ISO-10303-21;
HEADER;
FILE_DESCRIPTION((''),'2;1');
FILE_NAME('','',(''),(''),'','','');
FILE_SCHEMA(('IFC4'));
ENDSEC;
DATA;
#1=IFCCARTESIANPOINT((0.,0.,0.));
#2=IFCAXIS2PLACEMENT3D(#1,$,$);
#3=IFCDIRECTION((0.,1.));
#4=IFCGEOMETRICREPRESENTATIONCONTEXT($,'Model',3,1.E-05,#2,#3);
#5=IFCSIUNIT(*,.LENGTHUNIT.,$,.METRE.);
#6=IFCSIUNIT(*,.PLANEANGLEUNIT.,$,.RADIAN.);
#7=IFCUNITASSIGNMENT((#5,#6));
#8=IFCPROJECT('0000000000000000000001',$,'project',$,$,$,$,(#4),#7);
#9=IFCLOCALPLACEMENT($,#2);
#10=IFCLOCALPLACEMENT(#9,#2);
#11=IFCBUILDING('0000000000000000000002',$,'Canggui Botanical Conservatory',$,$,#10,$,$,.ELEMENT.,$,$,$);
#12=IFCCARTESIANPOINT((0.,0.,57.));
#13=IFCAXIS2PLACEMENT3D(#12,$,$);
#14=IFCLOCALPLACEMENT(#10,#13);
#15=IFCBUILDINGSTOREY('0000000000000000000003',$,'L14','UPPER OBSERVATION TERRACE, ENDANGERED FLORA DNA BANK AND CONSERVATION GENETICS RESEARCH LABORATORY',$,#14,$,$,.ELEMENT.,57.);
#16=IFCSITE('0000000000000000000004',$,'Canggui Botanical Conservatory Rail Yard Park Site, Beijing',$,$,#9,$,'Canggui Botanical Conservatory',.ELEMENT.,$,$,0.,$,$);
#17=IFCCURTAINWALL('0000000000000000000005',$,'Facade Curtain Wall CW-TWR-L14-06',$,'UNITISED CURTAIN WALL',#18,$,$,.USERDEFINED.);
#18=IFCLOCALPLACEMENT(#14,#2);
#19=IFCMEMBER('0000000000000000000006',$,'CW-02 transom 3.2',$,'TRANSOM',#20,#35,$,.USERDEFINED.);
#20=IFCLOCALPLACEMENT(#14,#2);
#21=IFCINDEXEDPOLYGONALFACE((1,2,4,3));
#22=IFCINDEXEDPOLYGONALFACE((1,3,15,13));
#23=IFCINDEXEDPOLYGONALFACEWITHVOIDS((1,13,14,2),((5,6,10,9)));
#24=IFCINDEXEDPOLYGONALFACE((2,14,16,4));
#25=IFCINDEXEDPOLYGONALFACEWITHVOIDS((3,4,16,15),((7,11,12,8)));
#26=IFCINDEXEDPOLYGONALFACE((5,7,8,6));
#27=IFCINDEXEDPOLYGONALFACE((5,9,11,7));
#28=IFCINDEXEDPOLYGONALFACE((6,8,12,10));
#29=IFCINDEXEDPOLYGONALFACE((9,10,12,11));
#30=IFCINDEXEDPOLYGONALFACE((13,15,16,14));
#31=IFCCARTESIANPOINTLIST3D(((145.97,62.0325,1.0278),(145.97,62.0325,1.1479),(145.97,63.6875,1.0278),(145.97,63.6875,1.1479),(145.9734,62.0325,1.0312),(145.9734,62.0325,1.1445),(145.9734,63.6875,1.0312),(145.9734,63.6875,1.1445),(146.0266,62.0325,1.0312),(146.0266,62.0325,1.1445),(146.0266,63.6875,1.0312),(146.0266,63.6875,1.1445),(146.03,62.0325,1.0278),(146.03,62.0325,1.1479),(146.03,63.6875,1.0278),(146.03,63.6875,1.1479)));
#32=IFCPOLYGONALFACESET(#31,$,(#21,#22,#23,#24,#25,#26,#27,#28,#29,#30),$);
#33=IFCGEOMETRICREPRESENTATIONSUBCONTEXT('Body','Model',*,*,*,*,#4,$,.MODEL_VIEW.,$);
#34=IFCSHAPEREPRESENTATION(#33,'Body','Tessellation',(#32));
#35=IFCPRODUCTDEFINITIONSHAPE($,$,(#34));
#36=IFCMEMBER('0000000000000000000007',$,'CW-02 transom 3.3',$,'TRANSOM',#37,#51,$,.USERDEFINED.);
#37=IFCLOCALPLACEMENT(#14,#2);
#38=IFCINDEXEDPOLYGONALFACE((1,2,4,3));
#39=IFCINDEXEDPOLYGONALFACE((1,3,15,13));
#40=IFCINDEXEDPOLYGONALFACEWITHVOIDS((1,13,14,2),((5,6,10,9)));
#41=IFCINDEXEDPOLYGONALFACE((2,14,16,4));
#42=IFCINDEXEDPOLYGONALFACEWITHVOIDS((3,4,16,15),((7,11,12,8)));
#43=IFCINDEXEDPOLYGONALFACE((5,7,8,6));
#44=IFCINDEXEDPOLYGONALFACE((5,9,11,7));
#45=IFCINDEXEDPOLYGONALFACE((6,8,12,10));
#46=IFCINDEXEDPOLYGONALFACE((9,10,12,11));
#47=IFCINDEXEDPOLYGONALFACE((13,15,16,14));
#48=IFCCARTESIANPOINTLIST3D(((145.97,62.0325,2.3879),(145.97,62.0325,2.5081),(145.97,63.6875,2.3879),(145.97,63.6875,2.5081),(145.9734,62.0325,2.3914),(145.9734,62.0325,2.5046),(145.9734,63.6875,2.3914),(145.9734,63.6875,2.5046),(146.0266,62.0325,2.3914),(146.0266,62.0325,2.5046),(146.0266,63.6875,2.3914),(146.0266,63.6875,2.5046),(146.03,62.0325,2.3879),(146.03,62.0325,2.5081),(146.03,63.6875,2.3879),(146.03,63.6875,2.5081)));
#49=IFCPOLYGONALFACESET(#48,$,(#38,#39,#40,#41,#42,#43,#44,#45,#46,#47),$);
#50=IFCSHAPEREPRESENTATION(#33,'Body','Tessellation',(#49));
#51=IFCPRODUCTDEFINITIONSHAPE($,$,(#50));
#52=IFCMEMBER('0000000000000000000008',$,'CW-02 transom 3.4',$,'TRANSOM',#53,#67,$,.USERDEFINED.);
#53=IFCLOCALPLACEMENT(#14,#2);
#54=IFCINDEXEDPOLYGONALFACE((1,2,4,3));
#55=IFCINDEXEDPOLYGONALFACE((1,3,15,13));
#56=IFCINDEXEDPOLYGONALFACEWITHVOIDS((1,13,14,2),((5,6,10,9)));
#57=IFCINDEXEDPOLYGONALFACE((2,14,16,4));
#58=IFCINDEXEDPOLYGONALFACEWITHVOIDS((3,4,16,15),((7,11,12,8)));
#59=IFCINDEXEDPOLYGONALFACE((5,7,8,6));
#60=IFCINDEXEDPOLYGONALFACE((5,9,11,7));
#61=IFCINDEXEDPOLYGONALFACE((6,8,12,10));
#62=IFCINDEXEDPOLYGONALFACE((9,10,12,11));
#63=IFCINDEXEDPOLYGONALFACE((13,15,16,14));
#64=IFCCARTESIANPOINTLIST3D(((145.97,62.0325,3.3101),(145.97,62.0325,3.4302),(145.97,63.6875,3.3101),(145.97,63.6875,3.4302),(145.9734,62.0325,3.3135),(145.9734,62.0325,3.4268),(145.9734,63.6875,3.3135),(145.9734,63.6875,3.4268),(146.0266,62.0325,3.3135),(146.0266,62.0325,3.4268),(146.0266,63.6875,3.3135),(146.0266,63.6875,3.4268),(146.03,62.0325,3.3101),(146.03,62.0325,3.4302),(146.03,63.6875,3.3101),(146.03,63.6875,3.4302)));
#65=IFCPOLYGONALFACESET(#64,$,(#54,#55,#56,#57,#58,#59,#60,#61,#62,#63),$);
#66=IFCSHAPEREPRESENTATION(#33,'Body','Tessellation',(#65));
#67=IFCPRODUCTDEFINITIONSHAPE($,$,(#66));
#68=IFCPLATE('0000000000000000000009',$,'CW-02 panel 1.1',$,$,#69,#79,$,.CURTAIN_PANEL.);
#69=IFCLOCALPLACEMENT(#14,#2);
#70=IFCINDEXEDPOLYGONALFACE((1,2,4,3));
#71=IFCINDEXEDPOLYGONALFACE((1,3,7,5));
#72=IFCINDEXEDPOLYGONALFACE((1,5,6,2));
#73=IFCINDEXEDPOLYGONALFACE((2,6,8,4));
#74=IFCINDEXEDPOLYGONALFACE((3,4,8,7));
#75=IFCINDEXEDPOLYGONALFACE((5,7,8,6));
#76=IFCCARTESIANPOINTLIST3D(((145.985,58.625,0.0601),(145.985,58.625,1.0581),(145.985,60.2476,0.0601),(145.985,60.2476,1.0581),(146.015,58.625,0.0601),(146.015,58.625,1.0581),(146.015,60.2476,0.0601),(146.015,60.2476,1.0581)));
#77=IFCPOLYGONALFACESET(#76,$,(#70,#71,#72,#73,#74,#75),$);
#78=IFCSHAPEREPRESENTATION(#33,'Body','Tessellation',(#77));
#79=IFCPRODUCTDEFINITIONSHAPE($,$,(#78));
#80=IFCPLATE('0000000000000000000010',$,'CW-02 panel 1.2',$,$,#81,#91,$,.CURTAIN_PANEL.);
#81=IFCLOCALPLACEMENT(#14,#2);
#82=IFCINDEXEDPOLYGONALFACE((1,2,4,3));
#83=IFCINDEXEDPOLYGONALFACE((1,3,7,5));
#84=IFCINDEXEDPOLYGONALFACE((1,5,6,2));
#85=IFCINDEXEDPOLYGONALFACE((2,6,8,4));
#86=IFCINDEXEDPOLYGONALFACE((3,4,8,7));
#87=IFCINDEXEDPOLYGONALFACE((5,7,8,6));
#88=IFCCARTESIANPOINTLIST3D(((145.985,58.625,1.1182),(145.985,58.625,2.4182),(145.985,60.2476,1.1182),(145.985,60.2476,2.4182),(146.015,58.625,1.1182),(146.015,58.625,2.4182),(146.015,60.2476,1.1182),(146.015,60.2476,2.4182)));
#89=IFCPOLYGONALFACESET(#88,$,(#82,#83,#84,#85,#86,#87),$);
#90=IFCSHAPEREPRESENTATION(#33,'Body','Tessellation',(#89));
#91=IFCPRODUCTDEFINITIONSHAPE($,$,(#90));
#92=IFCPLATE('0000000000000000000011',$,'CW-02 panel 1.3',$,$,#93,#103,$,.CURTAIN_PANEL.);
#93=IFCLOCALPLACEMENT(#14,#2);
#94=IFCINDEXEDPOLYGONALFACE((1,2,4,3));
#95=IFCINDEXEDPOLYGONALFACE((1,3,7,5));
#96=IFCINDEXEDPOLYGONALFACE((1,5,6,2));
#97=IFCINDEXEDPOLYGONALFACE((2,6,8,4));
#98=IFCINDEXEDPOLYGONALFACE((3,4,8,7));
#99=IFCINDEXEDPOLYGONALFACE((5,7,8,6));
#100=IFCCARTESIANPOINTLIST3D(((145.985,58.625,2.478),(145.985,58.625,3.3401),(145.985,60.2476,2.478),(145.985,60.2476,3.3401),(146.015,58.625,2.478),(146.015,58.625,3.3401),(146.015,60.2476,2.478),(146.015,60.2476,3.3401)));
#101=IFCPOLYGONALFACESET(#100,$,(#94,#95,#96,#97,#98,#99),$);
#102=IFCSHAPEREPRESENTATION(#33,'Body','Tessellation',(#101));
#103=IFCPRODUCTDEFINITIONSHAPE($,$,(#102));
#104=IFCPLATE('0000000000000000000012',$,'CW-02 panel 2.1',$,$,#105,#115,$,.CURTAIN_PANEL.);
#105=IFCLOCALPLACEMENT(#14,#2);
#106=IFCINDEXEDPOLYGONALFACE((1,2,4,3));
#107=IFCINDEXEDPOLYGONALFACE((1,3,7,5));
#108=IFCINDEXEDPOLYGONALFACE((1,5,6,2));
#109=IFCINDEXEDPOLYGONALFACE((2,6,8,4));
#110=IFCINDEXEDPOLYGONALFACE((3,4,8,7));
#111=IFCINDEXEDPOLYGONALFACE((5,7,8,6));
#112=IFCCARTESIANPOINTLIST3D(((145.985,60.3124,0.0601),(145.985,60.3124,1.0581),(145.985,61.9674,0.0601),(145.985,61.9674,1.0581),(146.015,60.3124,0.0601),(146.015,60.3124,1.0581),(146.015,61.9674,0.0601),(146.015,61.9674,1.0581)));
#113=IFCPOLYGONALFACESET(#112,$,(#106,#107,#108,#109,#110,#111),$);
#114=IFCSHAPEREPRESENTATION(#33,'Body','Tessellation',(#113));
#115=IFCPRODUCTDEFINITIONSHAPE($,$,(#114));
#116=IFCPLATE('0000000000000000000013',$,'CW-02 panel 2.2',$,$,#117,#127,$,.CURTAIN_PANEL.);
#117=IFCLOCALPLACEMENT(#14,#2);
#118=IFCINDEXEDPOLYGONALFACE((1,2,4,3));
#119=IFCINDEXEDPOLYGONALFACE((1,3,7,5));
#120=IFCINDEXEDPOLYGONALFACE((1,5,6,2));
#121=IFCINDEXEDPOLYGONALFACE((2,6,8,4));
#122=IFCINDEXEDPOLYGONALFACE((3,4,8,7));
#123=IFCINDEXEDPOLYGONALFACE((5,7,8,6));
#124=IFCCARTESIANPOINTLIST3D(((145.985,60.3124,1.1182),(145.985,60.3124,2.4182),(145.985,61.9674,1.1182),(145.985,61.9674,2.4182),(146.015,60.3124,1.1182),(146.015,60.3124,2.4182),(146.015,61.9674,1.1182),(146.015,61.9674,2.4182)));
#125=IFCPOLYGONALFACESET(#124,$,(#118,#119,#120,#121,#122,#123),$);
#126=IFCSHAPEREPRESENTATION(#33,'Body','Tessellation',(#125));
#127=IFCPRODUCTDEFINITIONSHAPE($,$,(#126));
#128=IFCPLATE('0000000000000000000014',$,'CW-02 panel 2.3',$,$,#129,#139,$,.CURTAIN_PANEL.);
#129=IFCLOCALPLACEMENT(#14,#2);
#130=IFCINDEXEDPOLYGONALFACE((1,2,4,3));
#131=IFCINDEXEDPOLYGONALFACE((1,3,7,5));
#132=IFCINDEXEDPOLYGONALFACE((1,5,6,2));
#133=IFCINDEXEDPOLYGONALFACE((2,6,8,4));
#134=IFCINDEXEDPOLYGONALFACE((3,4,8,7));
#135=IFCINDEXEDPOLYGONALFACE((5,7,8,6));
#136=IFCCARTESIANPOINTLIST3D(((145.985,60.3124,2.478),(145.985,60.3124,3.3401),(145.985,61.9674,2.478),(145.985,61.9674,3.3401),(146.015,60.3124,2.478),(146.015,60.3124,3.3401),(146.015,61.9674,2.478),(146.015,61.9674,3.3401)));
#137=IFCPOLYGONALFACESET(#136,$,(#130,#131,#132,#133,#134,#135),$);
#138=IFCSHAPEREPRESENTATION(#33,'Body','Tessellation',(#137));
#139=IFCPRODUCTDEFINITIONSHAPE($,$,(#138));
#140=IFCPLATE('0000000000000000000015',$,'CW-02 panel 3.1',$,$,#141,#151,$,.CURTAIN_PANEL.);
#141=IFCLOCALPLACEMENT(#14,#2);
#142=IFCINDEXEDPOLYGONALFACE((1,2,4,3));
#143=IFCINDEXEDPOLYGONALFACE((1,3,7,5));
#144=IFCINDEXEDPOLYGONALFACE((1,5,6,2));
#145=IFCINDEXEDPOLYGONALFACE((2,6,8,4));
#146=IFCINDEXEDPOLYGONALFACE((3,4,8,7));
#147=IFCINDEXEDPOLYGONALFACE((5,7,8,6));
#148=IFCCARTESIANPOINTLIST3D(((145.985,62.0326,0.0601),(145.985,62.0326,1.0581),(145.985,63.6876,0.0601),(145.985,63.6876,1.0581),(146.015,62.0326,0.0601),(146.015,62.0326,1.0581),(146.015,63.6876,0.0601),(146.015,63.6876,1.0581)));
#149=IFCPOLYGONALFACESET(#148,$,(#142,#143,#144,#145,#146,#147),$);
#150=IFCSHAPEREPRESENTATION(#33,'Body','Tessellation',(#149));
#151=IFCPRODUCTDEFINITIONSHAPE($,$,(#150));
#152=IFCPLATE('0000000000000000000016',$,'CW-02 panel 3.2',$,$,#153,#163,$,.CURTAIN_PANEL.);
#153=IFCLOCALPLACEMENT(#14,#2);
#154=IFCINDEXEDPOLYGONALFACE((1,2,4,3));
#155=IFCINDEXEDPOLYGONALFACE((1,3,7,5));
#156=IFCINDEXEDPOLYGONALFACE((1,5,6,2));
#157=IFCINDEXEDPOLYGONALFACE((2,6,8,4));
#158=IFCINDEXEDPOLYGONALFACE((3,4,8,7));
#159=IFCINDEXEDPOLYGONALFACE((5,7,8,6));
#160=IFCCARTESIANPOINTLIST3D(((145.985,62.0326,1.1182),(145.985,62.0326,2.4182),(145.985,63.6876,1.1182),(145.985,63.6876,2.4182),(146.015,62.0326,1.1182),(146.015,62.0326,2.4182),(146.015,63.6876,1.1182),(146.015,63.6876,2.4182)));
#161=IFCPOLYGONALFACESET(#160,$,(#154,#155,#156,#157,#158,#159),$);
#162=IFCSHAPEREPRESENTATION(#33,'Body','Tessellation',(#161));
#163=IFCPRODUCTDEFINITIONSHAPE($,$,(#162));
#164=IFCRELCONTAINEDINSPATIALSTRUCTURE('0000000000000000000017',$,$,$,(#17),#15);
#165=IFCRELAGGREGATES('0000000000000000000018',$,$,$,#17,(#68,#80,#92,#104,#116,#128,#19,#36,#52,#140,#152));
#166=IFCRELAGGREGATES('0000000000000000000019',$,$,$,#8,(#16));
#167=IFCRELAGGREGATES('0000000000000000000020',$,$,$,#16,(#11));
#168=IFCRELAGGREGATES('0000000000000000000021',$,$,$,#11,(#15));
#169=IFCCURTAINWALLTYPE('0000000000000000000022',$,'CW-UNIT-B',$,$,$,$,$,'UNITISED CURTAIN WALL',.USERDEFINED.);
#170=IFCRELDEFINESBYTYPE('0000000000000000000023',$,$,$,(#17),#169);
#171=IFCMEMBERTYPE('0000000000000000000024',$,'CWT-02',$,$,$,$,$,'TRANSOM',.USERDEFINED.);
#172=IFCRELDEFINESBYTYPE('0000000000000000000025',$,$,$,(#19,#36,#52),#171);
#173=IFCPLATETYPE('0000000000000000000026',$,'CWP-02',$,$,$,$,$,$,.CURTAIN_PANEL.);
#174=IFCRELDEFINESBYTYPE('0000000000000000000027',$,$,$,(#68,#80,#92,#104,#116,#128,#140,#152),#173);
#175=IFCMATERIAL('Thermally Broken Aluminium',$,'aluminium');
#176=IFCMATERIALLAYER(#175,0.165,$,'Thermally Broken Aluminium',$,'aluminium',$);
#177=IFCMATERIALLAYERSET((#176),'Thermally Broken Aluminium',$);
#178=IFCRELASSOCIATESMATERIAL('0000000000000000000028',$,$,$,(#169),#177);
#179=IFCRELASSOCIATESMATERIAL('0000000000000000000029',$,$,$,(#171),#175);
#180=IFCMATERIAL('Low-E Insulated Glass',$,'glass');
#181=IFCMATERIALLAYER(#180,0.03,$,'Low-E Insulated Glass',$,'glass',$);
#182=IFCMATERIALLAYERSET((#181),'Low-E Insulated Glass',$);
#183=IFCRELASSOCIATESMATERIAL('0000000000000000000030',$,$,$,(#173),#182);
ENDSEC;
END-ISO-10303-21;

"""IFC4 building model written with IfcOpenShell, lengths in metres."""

from ifc_helpers import new_model, si_unit, direction, frame, origin, origin_2d, place, context, subcontext, project, spatial, rectangle, hollow_rectangle, extrude, material, layer, layer_set, material_profile, profile_set, type_object, element, aggregate, save


model = new_model("IFC4")

# Units and contexts
model_context = context("Model", 3, precision=1e-05, world=origin(), true_north=direction((0.0, 1.0)))
body_context = subcontext(model_context, "Body", "Model", "MODEL_VIEW")
ifc_project = project(units=[si_unit("LENGTHUNIT", "METRE"), si_unit("PLANEANGLEUNIT", "RADIAN")], contexts=[model_context])

# Site, building, storey
site_placement = place(None, origin())
site = spatial("IfcSite", under=ifc_project, at=site_placement, Name="Canggui Botanical Conservatory Rail Yard Park Site, Beijing", LongName="Canggui Botanical Conservatory", CompositionType="ELEMENT", RefElevation=0.0)
building_placement = place(site_placement, origin())
building = spatial("IfcBuilding", under=site, at=building_placement, Name="Canggui Botanical Conservatory", CompositionType="ELEMENT")
storey_placement = place(building_placement, frame((0.0, 0.0, 57.0)))
storey = spatial("IfcBuildingStorey", under=building, at=storey_placement, Name="L14", Description="UPPER OBSERVATION TERRACE, ENDANGERED FLORA DNA BANK AND CONSERVATION GENETICS RESEARCH LABORATORY", CompositionType="ELEMENT", Elevation=57.0)

# Curtain wall, members, plates
ifc_material_1 = material(Name="Thermally Broken Aluminium", Category="aluminium")
ifc_layer_1 = layer(ifc_material_1, 0.165, Name="Thermally Broken Aluminium", Category="aluminium")
ifc_layer_set_1 = layer_set([ifc_layer_1], Name="Thermally Broken Aluminium")
curtain_wall_type = type_object("IfcCurtainWallType", Name="CW-UNIT-B", ElementType="UNITISED CURTAIN WALL", PredefinedType="USERDEFINED", material=ifc_layer_set_1)
curtain_wall_placement = place(storey_placement, origin())
curtain_wall = element("IfcCurtainWall", 1, at=curtain_wall_placement, inside=storey, type_object=curtain_wall_type, Name="Facade Curtain Wall CW-TWR-L14-06", ObjectType="UNITISED CURTAIN WALL", PredefinedType="USERDEFINED")
ifc_material_profile_1 = material_profile(ifc_material_1, hollow_rectangle(XDim=0.0601, YDim=0.1201, WallThickness=0.0034, at=origin_2d()), Name="CWT 60x120x3.5")
ifc_profile_set_1 = profile_set([ifc_material_profile_1], Name="Thermally Broken Aluminium")
member_type_1 = type_object("IfcMemberType", Name="CWT-02", ElementType="TRANSOM", PredefinedType="USERDEFINED", material=ifc_profile_set_1)
member_1_placement = place(storey_placement, frame((146.0, 62.0325, 1.0879), z_axis=(0.0, 1.0, 0.0), x_axis=(-1.0, 0.0, 0.0)))
member_1 = element("IfcMember", 2, at=member_1_placement, type_object=member_type_1, Name="CW-02 transom 3.2", ObjectType="TRANSOM", PredefinedType="USERDEFINED", context=body_context, shape_type="SweptSolid", body=[
    extrude(hollow_rectangle(XDim=0.0601, YDim=0.1201, WallThickness=0.0034, at=origin_2d()), origin(), (0.0, 0.0, 1.0), 1.655),
])
member_2_placement = place(storey_placement, frame((146.0, 62.0325, 2.448), z_axis=(0.0, 1.0, 0.0), x_axis=(-1.0, 0.0, 0.0)))
member_2 = element("IfcMember", 3, at=member_2_placement, type_object=member_type_1, Name="CW-02 transom 3.3", ObjectType="TRANSOM", PredefinedType="USERDEFINED", context=body_context, shape_type="SweptSolid", body=[
    extrude(hollow_rectangle(XDim=0.0601, YDim=0.1201, WallThickness=0.0034, at=origin_2d()), origin(), (0.0, 0.0, 1.0), 1.655),
])
member_3_placement = place(storey_placement, frame((146.0, 62.0325, 3.3701), z_axis=(0.0, 1.0, 0.0), x_axis=(-1.0, 0.0, 0.0)))
member_3 = element("IfcMember", 4, at=member_3_placement, type_object=member_type_1, Name="CW-02 transom 3.4", ObjectType="TRANSOM", PredefinedType="USERDEFINED", context=body_context, shape_type="SweptSolid", body=[
    extrude(hollow_rectangle(XDim=0.0601, YDim=0.1201, WallThickness=0.0034, at=origin_2d()), origin(), (0.0, 0.0, 1.0), 1.655),
])
ifc_material_2 = material(Name="Low-E Insulated Glass", Category="glass")
ifc_layer_2 = layer(ifc_material_2, 0.03, Name="Low-E Insulated Glass", Category="glass")
ifc_layer_set_2 = layer_set([ifc_layer_2], Name="Low-E Insulated Glass")
plate_type = type_object("IfcPlateType", Name="CWP-02", PredefinedType="CURTAIN_PANEL", material=ifc_layer_set_2)
plate_1_placement = place(storey_placement, frame((146.0, 59.4363, 0.0601), z_axis=(0.0, 0.0, 1.0), x_axis=(0.0, 1.0, 0.0)))
plate_1 = element("IfcPlate", 5, at=plate_1_placement, type_object=plate_type, Name="CW-02 panel 1.1", PredefinedType="CURTAIN_PANEL", context=body_context, shape_type="SweptSolid", body=[
    extrude(rectangle(XDim=1.6226, YDim=0.03, at=origin_2d()), origin(), (0.0, 0.0, 1.0), 0.998),
])
plate_2_placement = place(storey_placement, frame((146.0, 59.4363, 1.1182), z_axis=(0.0, 0.0, 1.0), x_axis=(0.0, 1.0, 0.0)))
plate_2 = element("IfcPlate", 6, at=plate_2_placement, type_object=plate_type, Name="CW-02 panel 1.2", PredefinedType="CURTAIN_PANEL", context=body_context, shape_type="SweptSolid", body=[
    extrude(rectangle(XDim=1.6226, YDim=0.03, at=origin_2d()), origin(), (0.0, 0.0, 1.0), 1.3),
])
plate_3_placement = place(storey_placement, frame((146.0, 59.4363, 2.478), z_axis=(0.0, 0.0, 1.0), x_axis=(0.0, 1.0, 0.0)))
plate_3 = element("IfcPlate", 7, at=plate_3_placement, type_object=plate_type, Name="CW-02 panel 1.3", PredefinedType="CURTAIN_PANEL", context=body_context, shape_type="SweptSolid", body=[
    extrude(rectangle(XDim=1.6226, YDim=0.03, at=origin_2d()), origin(), (0.0, 0.0, 1.0), 0.8621),
])
plate_4_placement = place(storey_placement, frame((146.0, 61.1399, 0.0601), z_axis=(0.0, 0.0, 1.0), x_axis=(0.0, 1.0, 0.0)))
plate_4 = element("IfcPlate", 8, at=plate_4_placement, type_object=plate_type, Name="CW-02 panel 2.1", PredefinedType="CURTAIN_PANEL", context=body_context, shape_type="SweptSolid", body=[
    extrude(rectangle(XDim=1.655, YDim=0.03, at=origin_2d()), origin(), (0.0, 0.0, 1.0), 0.998),
])
plate_5_placement = place(storey_placement, frame((146.0, 61.1399, 1.1182), z_axis=(0.0, 0.0, 1.0), x_axis=(0.0, 1.0, 0.0)))
plate_5 = element("IfcPlate", 9, at=plate_5_placement, type_object=plate_type, Name="CW-02 panel 2.2", PredefinedType="CURTAIN_PANEL", context=body_context, shape_type="SweptSolid", body=[
    extrude(rectangle(XDim=1.655, YDim=0.03, at=origin_2d()), origin(), (0.0, 0.0, 1.0), 1.3),
])
plate_6_placement = place(storey_placement, frame((146.0, 61.1399, 2.478), z_axis=(0.0, 0.0, 1.0), x_axis=(0.0, 1.0, 0.0)))
plate_6 = element("IfcPlate", 10, at=plate_6_placement, type_object=plate_type, Name="CW-02 panel 2.3", PredefinedType="CURTAIN_PANEL", context=body_context, shape_type="SweptSolid", body=[
    extrude(rectangle(XDim=1.655, YDim=0.03, at=origin_2d()), origin(), (0.0, 0.0, 1.0), 0.8621),
])
plate_7_placement = place(storey_placement, frame((146.0, 62.8601, 0.0601), z_axis=(0.0, 0.0, 1.0), x_axis=(0.0, 1.0, 0.0)))
plate_7 = element("IfcPlate", 11, at=plate_7_placement, type_object=plate_type, Name="CW-02 panel 3.1", PredefinedType="CURTAIN_PANEL", context=body_context, shape_type="SweptSolid", body=[
    extrude(rectangle(XDim=1.655, YDim=0.03, at=origin_2d()), origin(), (0.0, 0.0, 1.0), 0.998),
])
plate_8_placement = place(storey_placement, frame((146.0, 62.8601, 1.1182), z_axis=(0.0, 0.0, 1.0), x_axis=(0.0, 1.0, 0.0)))
plate_8 = element("IfcPlate", 12, at=plate_8_placement, type_object=plate_type, Name="CW-02 panel 3.2", PredefinedType="CURTAIN_PANEL", context=body_context, shape_type="SweptSolid", body=[
    extrude(rectangle(XDim=1.655, YDim=0.03, at=origin_2d()), origin(), (0.0, 0.0, 1.0), 1.3),
])
aggregate(curtain_wall, [plate_1, plate_2, plate_3, plate_4, plate_5, plate_6, member_1, member_2, member_3, plate_7, plate_8])

save(model, "model.ifc")
